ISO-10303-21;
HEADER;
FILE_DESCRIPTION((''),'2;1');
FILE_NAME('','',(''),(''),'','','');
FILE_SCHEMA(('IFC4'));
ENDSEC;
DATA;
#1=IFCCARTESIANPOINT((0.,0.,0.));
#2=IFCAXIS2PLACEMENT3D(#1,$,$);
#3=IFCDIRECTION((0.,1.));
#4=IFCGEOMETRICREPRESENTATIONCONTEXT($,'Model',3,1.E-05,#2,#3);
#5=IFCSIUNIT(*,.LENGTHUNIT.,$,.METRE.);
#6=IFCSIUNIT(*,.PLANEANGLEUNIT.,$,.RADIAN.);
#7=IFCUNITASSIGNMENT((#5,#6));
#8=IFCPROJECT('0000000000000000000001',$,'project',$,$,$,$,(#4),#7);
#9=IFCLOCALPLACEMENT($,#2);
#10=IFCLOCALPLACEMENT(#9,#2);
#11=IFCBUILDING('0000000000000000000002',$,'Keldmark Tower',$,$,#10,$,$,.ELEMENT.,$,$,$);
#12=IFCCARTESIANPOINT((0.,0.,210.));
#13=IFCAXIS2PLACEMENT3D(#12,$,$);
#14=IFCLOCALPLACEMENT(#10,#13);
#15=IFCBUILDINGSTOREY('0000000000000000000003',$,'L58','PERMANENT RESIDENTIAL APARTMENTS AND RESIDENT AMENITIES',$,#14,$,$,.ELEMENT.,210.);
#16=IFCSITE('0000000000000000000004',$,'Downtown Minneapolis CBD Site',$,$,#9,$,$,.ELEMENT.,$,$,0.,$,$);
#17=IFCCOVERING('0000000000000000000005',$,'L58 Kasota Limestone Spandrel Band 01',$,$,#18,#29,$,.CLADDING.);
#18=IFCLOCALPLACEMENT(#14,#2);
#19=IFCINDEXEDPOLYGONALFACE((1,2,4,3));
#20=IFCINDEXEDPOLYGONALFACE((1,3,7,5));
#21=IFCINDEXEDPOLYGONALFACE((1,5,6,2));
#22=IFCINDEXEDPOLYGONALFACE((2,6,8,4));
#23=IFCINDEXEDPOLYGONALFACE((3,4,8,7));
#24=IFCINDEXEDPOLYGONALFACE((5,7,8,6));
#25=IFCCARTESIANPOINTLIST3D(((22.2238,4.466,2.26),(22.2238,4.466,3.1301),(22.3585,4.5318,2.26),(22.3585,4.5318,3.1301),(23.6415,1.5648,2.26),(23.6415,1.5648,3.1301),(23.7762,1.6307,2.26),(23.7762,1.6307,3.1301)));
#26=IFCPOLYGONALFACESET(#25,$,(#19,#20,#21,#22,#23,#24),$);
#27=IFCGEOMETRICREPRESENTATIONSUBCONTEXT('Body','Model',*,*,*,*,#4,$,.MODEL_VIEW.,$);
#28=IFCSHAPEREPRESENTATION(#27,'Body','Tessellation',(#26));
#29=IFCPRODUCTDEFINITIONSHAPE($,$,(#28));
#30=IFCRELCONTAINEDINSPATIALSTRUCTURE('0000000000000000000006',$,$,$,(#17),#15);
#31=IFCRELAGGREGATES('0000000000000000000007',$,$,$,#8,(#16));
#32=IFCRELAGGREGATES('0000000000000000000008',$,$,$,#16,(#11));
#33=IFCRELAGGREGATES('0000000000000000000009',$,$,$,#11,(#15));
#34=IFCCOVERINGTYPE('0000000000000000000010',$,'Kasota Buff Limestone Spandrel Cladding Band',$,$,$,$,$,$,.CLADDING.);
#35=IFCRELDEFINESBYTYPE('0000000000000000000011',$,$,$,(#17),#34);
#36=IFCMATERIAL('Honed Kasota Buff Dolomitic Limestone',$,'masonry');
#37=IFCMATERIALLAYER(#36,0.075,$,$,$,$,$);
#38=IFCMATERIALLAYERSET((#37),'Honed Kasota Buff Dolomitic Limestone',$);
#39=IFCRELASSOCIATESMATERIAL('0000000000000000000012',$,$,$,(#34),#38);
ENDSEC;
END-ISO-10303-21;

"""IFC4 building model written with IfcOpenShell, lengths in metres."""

from ifc_helpers import new_model, si_unit, direction, frame, origin, origin_2d, place, context, subcontext, project, spatial, rectangle, extrude, material, layer, layer_set, type_object, element, save


model = new_model("IFC4")

# Units and contexts
model_context = context("Model", 3, precision=1e-05, world=origin(), true_north=direction((0.0, 1.0)))
body_context = subcontext(model_context, "Body", "Model", "MODEL_VIEW")
ifc_project = project(units=[si_unit("LENGTHUNIT", "METRE"), si_unit("PLANEANGLEUNIT", "RADIAN")], contexts=[model_context])

# Site, building, storey
site_placement = place(None, origin())
site = spatial("IfcSite", under=ifc_project, at=site_placement, Name="Downtown Minneapolis CBD Site", CompositionType="ELEMENT", RefElevation=0.0)
building_placement = place(site_placement, origin())
building = spatial("IfcBuilding", under=site, at=building_placement, Name="Keldmark Tower", CompositionType="ELEMENT")
storey_placement = place(building_placement, frame((0.0, 0.0, 210.0)))
storey = spatial("IfcBuildingStorey", under=building, at=storey_placement, Name="L58", Description="PERMANENT RESIDENTIAL APARTMENTS AND RESIDENT AMENITIES", CompositionType="ELEMENT", Elevation=210.0)

# Covering
ifc_material_1 = material(Name="Honed Kasota Buff Dolomitic Limestone", Category="masonry")
ifc_layer_1 = layer(ifc_material_1, 0.075)
ifc_layer_set_1 = layer_set([ifc_layer_1], Name="Honed Kasota Buff Dolomitic Limestone")
covering_type = type_object("IfcCoveringType", Name="Kasota Buff Limestone Spandrel Cladding Band", PredefinedType="CLADDING", material=ifc_layer_set_1)
covering_placement = place(storey_placement, frame((23.0, 3.0483, 2.26), z_axis=(0.0, 0.0, 1.0), x_axis=(-0.43903, 0.898472, 0.0)))
element("IfcCovering", 1, at=covering_placement, inside=storey, type_object=covering_type, Name="L58 Kasota Limestone Spandrel Band 01", PredefinedType="CLADDING", context=body_context, shape_type="SweptSolid", body=[
    extrude(rectangle(XDim=3.229, YDim=0.1499, at=origin_2d()), origin(), (0.0, 0.0, 1.0), 0.8701),
])

save(model, "model.ifc")
